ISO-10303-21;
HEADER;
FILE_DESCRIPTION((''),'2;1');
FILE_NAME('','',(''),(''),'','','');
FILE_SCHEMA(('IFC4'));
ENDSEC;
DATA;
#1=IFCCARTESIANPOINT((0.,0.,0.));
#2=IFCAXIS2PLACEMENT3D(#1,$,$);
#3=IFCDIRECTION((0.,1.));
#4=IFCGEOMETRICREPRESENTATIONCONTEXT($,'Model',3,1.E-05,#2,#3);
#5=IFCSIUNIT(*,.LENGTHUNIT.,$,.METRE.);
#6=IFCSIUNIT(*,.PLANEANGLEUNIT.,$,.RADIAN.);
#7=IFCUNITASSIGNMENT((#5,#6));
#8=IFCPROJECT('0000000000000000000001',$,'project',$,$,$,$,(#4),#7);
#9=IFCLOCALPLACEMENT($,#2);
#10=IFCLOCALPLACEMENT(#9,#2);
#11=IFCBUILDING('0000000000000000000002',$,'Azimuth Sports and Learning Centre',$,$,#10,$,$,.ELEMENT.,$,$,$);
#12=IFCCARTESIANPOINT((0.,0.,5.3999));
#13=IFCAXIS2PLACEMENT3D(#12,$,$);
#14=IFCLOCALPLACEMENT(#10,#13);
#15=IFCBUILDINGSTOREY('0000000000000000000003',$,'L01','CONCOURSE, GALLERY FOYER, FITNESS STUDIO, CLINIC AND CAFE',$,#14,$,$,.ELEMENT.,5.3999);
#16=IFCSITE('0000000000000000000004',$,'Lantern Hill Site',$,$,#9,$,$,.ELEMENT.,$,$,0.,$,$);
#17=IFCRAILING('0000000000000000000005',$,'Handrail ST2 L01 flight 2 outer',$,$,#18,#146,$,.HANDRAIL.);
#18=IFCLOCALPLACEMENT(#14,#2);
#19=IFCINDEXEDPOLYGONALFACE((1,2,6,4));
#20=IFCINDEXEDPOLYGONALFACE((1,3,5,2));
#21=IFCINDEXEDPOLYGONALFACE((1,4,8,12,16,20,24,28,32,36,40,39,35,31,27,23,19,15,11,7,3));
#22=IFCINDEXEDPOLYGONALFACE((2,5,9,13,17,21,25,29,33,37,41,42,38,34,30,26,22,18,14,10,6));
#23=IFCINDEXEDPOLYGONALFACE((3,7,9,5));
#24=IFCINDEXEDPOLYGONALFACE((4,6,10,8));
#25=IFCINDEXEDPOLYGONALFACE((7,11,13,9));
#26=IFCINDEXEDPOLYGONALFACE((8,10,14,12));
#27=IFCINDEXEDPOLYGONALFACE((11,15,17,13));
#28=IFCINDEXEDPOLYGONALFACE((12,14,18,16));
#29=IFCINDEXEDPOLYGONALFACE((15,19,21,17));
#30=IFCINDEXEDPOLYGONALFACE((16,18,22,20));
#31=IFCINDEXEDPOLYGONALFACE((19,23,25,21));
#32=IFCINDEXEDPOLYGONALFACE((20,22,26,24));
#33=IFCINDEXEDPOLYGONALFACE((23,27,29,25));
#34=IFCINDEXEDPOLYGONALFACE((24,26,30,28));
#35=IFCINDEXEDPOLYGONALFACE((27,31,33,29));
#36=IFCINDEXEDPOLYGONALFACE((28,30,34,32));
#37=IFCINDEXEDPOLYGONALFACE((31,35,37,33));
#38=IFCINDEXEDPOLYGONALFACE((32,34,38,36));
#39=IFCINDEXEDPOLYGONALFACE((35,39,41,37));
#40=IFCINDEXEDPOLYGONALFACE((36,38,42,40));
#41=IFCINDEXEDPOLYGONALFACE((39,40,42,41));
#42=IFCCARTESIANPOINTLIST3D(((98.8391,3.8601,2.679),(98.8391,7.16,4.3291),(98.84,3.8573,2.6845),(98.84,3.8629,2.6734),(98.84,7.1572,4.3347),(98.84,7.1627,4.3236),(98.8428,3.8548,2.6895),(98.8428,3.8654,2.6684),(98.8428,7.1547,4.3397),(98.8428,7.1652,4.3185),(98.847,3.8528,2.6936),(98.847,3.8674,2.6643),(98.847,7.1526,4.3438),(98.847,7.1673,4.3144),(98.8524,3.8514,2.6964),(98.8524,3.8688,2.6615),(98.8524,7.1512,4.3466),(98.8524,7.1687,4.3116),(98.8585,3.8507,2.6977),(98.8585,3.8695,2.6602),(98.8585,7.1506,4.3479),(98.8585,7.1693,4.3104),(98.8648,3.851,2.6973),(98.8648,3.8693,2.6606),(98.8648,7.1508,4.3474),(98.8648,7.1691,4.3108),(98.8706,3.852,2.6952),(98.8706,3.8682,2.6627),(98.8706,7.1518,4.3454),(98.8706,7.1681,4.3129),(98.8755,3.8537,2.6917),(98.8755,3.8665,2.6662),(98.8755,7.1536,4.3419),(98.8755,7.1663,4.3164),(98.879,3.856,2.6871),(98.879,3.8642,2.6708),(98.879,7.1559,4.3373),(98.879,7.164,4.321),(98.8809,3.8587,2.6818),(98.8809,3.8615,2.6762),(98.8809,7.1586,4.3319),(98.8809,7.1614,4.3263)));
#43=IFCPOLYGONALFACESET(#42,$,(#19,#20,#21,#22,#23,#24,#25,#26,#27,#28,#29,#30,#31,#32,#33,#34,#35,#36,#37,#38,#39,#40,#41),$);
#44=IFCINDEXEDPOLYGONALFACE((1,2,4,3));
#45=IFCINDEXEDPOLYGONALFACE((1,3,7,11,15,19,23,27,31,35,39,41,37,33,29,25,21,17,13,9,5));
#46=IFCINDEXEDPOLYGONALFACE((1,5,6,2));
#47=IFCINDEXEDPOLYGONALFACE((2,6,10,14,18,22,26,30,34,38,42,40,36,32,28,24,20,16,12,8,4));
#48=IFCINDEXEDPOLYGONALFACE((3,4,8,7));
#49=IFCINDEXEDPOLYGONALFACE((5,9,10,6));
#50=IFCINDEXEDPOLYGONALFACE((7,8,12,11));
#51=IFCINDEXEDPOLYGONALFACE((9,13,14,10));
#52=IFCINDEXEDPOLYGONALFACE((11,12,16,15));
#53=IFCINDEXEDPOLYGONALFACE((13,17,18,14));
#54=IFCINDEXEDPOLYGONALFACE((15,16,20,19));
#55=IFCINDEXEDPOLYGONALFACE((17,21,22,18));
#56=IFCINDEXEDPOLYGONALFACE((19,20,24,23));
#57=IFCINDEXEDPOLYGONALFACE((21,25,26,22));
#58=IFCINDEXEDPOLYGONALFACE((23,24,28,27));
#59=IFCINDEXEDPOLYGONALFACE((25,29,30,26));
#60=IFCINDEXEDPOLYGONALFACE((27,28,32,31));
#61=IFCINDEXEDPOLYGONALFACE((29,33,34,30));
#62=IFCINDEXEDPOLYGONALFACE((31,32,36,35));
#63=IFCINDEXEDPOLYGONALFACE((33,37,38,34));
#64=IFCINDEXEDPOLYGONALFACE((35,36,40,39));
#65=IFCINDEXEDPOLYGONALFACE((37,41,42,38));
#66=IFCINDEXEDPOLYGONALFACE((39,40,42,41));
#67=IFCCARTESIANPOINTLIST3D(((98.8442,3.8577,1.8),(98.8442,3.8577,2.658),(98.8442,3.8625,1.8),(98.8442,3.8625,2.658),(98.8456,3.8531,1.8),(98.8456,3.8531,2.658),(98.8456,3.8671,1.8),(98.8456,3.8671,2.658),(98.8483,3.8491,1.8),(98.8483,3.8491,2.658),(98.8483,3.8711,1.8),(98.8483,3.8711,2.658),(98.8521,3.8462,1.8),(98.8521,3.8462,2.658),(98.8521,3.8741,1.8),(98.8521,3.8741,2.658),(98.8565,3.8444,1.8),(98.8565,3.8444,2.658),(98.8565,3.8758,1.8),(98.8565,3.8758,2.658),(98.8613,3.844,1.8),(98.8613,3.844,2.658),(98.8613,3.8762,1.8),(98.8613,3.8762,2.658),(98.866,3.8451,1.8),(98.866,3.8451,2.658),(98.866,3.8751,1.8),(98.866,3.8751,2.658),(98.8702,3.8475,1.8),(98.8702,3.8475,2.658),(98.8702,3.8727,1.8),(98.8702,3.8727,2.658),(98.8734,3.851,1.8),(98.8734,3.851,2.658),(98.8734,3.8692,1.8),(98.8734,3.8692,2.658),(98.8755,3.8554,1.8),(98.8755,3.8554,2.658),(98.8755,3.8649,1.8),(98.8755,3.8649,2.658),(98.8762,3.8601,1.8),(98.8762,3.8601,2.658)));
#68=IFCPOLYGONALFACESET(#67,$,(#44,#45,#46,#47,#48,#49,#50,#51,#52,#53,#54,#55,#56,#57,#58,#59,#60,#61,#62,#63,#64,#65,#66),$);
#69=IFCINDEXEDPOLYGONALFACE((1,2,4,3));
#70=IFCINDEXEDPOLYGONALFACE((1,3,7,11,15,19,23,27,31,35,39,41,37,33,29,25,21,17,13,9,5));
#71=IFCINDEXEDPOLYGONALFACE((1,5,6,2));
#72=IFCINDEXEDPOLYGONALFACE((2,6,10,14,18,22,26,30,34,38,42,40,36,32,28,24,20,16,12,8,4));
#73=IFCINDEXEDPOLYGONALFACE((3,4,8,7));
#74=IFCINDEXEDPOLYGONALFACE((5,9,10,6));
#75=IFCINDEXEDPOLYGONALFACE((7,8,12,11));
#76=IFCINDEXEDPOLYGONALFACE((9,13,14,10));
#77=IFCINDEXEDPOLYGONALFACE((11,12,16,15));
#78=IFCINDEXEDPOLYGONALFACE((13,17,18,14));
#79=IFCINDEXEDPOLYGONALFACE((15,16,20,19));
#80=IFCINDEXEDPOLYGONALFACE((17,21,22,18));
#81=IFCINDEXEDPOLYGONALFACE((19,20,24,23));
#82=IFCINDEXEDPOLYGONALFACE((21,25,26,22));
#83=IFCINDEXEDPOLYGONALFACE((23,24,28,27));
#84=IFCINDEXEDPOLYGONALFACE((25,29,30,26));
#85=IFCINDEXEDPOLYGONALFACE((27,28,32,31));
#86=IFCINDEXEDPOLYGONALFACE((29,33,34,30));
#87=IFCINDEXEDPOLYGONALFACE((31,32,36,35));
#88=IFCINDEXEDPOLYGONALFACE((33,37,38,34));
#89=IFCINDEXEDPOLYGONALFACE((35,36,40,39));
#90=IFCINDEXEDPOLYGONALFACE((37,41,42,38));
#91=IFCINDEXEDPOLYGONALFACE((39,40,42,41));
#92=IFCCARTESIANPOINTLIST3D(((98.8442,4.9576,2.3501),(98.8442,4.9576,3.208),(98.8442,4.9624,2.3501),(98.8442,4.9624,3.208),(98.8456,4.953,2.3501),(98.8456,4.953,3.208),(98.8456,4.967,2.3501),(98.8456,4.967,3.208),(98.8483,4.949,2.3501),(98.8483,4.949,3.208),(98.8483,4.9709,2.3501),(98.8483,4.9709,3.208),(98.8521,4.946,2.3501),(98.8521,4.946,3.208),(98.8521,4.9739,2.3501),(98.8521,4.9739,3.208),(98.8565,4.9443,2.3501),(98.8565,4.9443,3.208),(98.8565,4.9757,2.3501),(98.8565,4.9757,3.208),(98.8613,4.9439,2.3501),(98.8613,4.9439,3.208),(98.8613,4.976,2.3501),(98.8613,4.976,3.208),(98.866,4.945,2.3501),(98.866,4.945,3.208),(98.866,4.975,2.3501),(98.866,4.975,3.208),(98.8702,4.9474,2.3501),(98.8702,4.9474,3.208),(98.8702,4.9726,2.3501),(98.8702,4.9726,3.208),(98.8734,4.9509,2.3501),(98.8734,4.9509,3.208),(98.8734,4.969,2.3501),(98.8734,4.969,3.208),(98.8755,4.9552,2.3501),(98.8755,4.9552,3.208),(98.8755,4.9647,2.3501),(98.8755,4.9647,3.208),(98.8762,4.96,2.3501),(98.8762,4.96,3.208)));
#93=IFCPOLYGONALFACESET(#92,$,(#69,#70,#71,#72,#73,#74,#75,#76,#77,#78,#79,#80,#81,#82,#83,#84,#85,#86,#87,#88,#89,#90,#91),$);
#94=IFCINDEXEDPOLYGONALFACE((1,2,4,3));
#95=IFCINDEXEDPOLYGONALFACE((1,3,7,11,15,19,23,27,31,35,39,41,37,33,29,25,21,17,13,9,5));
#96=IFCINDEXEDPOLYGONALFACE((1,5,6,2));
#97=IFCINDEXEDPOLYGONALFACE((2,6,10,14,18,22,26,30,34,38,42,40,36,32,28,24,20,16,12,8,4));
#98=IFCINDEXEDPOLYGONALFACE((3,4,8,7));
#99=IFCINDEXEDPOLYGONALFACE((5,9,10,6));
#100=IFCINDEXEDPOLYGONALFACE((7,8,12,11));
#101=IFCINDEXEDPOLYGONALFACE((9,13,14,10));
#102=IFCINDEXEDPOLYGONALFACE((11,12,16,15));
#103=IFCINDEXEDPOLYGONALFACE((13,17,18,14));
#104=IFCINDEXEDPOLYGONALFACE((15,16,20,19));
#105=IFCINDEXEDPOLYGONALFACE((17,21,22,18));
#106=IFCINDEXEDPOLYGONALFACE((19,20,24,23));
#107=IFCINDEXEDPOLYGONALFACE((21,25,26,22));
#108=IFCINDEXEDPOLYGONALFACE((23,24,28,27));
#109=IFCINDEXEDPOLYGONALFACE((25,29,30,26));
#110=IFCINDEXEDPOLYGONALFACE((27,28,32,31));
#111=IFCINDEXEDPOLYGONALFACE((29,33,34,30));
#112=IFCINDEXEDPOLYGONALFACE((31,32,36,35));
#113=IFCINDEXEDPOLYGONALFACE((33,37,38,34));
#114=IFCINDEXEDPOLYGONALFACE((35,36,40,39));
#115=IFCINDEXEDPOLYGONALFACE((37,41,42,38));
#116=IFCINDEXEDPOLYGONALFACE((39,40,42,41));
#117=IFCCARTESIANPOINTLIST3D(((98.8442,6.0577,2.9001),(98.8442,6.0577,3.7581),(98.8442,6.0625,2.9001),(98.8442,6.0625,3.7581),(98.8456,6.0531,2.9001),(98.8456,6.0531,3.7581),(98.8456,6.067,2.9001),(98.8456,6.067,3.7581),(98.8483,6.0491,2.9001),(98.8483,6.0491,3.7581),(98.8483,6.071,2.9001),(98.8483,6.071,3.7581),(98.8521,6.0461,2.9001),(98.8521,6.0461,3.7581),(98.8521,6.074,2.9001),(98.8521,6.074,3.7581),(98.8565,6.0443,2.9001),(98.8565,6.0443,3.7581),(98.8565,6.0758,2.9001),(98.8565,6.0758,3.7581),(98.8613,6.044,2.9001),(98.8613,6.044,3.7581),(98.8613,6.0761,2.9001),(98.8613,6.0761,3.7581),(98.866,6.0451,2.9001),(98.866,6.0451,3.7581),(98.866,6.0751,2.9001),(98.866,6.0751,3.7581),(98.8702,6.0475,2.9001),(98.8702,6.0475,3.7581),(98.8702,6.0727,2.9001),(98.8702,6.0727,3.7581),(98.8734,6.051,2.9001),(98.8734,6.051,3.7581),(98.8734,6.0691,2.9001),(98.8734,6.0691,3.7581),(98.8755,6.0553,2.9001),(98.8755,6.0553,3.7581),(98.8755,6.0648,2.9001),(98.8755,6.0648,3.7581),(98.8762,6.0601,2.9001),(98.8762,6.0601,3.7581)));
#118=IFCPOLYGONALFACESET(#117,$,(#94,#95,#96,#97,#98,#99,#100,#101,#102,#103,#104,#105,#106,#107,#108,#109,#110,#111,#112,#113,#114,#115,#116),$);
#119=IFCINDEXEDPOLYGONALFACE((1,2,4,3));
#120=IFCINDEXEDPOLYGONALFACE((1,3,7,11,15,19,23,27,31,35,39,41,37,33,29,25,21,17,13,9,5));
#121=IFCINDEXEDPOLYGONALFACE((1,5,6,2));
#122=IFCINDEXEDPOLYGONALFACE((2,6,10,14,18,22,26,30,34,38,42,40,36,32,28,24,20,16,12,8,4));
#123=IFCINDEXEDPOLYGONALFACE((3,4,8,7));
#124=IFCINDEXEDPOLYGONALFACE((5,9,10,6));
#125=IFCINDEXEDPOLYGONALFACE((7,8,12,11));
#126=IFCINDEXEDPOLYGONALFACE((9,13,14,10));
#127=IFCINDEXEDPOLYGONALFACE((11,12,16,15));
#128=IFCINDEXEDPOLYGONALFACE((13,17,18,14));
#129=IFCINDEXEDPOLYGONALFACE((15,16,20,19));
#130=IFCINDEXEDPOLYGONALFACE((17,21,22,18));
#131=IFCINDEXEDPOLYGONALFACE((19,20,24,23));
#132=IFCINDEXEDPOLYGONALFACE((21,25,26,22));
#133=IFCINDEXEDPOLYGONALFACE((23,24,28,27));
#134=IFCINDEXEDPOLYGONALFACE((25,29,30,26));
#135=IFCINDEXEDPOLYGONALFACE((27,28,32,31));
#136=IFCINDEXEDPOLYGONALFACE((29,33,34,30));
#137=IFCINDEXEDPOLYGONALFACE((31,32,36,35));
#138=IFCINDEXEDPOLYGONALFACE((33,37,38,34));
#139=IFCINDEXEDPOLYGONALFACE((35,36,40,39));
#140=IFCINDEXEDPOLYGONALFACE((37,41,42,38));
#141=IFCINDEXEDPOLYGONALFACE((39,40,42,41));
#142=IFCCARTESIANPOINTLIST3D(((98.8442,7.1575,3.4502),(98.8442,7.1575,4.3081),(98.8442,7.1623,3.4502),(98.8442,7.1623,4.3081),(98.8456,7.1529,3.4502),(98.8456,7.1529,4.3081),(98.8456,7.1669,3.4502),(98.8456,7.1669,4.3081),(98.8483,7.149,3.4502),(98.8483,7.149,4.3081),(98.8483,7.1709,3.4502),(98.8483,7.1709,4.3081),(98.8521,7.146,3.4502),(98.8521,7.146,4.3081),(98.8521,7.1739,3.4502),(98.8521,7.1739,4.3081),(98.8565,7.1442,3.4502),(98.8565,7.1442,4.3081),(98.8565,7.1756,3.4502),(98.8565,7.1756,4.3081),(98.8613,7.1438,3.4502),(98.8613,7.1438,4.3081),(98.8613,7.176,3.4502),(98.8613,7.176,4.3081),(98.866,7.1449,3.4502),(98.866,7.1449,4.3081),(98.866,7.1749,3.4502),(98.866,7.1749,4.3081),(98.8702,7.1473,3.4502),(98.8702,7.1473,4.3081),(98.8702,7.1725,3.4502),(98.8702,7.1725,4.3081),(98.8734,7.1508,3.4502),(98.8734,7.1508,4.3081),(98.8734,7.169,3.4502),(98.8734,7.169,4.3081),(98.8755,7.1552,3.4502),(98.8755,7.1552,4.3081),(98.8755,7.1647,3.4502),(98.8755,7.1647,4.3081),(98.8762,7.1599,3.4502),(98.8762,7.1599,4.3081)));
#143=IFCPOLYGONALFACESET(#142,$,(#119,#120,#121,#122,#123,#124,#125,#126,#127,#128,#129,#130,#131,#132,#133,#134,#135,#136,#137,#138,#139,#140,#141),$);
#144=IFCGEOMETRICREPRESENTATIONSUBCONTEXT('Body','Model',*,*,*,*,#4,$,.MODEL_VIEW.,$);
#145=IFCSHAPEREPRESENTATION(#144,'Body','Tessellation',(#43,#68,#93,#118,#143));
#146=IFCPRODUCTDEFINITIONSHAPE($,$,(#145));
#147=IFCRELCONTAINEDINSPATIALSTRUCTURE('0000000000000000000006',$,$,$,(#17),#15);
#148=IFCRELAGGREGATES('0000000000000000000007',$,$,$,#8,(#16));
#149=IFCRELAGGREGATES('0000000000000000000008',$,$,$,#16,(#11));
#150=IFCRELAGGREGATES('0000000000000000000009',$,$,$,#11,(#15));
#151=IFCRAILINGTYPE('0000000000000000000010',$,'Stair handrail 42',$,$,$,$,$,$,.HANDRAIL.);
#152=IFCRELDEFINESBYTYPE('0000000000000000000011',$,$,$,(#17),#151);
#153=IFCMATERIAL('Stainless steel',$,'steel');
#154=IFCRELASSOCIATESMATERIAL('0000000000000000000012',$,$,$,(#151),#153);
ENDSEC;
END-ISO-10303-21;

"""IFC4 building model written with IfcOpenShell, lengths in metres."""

from ifc_helpers import new_model, si_unit, direction, frame, origin, origin_2d, place, context, subcontext, project, spatial, circle, extrude, material, type_object, element, save


model = new_model("IFC4")

# Units and contexts
model_context = context("Model", 3, precision=1e-05, world=origin(), true_north=direction((0.0, 1.0)))
body_context = subcontext(model_context, "Body", "Model", "MODEL_VIEW")
ifc_project = project(units=[si_unit("LENGTHUNIT", "METRE"), si_unit("PLANEANGLEUNIT", "RADIAN")], contexts=[model_context])

# Site, building, storey
site_placement = place(None, origin())
site = spatial("IfcSite", under=ifc_project, at=site_placement, Name="Lantern Hill Site", CompositionType="ELEMENT", RefElevation=0.0)
building_placement = place(site_placement, origin())
building = spatial("IfcBuilding", under=site, at=building_placement, Name="Azimuth Sports and Learning Centre", CompositionType="ELEMENT")
storey_placement = place(building_placement, frame((0.0, 0.0, 5.3999)))
storey = spatial("IfcBuildingStorey", under=building, at=storey_placement, Name="L01", Description="CONCOURSE, GALLERY FOYER, FITNESS STUDIO, CLINIC AND CAFE", CompositionType="ELEMENT", Elevation=5.3999)

# Railing
ifc_material_1 = material(Name="Stainless steel", Category="steel")
railing_type = type_object("IfcRailingType", Name="Stair handrail 42", PredefinedType="HANDRAIL", material=ifc_material_1)
for number, where, name in (
    (1, (98.8601, 3.8601, 1.8), "Handrail ST2 L01 flight 2 outer"),
):
    element("IfcRailing", number, at=place(storey_placement, frame(where)), inside=storey, type_object=railing_type, Name=name, PredefinedType="HANDRAIL", context=body_context, shape_type="SweptSolid", body=[
        extrude(circle(Radius=0.021, at=origin_2d()), frame((0.0, 0.0, 0.8789), z_axis=(0.0, 0.894401, 0.447267), x_axis=(-1.0, 0.0, 0.0)), (0.0, 0.0, 1.0), 3.6895),
        extrude(circle(Radius=0.0161, at=origin_2d()), origin(), (0.0, 0.0, 1.0), 0.8579),
        extrude(circle(Radius=0.0161, at=origin_2d()), frame((0.0, 1.0999, 0.55)), (0.0, 0.0, 1.0), 0.8579),
        extrude(circle(Radius=0.0161, at=origin_2d()), frame((0.0, 2.2, 1.1001)), (0.0, 0.0, 1.0), 0.8579),
        extrude(circle(Radius=0.0161, at=origin_2d()), frame((0.0, 3.2998, 1.6501)), (0.0, 0.0, 1.0), 0.8579),
    ])

save(model, "model.ifc")
